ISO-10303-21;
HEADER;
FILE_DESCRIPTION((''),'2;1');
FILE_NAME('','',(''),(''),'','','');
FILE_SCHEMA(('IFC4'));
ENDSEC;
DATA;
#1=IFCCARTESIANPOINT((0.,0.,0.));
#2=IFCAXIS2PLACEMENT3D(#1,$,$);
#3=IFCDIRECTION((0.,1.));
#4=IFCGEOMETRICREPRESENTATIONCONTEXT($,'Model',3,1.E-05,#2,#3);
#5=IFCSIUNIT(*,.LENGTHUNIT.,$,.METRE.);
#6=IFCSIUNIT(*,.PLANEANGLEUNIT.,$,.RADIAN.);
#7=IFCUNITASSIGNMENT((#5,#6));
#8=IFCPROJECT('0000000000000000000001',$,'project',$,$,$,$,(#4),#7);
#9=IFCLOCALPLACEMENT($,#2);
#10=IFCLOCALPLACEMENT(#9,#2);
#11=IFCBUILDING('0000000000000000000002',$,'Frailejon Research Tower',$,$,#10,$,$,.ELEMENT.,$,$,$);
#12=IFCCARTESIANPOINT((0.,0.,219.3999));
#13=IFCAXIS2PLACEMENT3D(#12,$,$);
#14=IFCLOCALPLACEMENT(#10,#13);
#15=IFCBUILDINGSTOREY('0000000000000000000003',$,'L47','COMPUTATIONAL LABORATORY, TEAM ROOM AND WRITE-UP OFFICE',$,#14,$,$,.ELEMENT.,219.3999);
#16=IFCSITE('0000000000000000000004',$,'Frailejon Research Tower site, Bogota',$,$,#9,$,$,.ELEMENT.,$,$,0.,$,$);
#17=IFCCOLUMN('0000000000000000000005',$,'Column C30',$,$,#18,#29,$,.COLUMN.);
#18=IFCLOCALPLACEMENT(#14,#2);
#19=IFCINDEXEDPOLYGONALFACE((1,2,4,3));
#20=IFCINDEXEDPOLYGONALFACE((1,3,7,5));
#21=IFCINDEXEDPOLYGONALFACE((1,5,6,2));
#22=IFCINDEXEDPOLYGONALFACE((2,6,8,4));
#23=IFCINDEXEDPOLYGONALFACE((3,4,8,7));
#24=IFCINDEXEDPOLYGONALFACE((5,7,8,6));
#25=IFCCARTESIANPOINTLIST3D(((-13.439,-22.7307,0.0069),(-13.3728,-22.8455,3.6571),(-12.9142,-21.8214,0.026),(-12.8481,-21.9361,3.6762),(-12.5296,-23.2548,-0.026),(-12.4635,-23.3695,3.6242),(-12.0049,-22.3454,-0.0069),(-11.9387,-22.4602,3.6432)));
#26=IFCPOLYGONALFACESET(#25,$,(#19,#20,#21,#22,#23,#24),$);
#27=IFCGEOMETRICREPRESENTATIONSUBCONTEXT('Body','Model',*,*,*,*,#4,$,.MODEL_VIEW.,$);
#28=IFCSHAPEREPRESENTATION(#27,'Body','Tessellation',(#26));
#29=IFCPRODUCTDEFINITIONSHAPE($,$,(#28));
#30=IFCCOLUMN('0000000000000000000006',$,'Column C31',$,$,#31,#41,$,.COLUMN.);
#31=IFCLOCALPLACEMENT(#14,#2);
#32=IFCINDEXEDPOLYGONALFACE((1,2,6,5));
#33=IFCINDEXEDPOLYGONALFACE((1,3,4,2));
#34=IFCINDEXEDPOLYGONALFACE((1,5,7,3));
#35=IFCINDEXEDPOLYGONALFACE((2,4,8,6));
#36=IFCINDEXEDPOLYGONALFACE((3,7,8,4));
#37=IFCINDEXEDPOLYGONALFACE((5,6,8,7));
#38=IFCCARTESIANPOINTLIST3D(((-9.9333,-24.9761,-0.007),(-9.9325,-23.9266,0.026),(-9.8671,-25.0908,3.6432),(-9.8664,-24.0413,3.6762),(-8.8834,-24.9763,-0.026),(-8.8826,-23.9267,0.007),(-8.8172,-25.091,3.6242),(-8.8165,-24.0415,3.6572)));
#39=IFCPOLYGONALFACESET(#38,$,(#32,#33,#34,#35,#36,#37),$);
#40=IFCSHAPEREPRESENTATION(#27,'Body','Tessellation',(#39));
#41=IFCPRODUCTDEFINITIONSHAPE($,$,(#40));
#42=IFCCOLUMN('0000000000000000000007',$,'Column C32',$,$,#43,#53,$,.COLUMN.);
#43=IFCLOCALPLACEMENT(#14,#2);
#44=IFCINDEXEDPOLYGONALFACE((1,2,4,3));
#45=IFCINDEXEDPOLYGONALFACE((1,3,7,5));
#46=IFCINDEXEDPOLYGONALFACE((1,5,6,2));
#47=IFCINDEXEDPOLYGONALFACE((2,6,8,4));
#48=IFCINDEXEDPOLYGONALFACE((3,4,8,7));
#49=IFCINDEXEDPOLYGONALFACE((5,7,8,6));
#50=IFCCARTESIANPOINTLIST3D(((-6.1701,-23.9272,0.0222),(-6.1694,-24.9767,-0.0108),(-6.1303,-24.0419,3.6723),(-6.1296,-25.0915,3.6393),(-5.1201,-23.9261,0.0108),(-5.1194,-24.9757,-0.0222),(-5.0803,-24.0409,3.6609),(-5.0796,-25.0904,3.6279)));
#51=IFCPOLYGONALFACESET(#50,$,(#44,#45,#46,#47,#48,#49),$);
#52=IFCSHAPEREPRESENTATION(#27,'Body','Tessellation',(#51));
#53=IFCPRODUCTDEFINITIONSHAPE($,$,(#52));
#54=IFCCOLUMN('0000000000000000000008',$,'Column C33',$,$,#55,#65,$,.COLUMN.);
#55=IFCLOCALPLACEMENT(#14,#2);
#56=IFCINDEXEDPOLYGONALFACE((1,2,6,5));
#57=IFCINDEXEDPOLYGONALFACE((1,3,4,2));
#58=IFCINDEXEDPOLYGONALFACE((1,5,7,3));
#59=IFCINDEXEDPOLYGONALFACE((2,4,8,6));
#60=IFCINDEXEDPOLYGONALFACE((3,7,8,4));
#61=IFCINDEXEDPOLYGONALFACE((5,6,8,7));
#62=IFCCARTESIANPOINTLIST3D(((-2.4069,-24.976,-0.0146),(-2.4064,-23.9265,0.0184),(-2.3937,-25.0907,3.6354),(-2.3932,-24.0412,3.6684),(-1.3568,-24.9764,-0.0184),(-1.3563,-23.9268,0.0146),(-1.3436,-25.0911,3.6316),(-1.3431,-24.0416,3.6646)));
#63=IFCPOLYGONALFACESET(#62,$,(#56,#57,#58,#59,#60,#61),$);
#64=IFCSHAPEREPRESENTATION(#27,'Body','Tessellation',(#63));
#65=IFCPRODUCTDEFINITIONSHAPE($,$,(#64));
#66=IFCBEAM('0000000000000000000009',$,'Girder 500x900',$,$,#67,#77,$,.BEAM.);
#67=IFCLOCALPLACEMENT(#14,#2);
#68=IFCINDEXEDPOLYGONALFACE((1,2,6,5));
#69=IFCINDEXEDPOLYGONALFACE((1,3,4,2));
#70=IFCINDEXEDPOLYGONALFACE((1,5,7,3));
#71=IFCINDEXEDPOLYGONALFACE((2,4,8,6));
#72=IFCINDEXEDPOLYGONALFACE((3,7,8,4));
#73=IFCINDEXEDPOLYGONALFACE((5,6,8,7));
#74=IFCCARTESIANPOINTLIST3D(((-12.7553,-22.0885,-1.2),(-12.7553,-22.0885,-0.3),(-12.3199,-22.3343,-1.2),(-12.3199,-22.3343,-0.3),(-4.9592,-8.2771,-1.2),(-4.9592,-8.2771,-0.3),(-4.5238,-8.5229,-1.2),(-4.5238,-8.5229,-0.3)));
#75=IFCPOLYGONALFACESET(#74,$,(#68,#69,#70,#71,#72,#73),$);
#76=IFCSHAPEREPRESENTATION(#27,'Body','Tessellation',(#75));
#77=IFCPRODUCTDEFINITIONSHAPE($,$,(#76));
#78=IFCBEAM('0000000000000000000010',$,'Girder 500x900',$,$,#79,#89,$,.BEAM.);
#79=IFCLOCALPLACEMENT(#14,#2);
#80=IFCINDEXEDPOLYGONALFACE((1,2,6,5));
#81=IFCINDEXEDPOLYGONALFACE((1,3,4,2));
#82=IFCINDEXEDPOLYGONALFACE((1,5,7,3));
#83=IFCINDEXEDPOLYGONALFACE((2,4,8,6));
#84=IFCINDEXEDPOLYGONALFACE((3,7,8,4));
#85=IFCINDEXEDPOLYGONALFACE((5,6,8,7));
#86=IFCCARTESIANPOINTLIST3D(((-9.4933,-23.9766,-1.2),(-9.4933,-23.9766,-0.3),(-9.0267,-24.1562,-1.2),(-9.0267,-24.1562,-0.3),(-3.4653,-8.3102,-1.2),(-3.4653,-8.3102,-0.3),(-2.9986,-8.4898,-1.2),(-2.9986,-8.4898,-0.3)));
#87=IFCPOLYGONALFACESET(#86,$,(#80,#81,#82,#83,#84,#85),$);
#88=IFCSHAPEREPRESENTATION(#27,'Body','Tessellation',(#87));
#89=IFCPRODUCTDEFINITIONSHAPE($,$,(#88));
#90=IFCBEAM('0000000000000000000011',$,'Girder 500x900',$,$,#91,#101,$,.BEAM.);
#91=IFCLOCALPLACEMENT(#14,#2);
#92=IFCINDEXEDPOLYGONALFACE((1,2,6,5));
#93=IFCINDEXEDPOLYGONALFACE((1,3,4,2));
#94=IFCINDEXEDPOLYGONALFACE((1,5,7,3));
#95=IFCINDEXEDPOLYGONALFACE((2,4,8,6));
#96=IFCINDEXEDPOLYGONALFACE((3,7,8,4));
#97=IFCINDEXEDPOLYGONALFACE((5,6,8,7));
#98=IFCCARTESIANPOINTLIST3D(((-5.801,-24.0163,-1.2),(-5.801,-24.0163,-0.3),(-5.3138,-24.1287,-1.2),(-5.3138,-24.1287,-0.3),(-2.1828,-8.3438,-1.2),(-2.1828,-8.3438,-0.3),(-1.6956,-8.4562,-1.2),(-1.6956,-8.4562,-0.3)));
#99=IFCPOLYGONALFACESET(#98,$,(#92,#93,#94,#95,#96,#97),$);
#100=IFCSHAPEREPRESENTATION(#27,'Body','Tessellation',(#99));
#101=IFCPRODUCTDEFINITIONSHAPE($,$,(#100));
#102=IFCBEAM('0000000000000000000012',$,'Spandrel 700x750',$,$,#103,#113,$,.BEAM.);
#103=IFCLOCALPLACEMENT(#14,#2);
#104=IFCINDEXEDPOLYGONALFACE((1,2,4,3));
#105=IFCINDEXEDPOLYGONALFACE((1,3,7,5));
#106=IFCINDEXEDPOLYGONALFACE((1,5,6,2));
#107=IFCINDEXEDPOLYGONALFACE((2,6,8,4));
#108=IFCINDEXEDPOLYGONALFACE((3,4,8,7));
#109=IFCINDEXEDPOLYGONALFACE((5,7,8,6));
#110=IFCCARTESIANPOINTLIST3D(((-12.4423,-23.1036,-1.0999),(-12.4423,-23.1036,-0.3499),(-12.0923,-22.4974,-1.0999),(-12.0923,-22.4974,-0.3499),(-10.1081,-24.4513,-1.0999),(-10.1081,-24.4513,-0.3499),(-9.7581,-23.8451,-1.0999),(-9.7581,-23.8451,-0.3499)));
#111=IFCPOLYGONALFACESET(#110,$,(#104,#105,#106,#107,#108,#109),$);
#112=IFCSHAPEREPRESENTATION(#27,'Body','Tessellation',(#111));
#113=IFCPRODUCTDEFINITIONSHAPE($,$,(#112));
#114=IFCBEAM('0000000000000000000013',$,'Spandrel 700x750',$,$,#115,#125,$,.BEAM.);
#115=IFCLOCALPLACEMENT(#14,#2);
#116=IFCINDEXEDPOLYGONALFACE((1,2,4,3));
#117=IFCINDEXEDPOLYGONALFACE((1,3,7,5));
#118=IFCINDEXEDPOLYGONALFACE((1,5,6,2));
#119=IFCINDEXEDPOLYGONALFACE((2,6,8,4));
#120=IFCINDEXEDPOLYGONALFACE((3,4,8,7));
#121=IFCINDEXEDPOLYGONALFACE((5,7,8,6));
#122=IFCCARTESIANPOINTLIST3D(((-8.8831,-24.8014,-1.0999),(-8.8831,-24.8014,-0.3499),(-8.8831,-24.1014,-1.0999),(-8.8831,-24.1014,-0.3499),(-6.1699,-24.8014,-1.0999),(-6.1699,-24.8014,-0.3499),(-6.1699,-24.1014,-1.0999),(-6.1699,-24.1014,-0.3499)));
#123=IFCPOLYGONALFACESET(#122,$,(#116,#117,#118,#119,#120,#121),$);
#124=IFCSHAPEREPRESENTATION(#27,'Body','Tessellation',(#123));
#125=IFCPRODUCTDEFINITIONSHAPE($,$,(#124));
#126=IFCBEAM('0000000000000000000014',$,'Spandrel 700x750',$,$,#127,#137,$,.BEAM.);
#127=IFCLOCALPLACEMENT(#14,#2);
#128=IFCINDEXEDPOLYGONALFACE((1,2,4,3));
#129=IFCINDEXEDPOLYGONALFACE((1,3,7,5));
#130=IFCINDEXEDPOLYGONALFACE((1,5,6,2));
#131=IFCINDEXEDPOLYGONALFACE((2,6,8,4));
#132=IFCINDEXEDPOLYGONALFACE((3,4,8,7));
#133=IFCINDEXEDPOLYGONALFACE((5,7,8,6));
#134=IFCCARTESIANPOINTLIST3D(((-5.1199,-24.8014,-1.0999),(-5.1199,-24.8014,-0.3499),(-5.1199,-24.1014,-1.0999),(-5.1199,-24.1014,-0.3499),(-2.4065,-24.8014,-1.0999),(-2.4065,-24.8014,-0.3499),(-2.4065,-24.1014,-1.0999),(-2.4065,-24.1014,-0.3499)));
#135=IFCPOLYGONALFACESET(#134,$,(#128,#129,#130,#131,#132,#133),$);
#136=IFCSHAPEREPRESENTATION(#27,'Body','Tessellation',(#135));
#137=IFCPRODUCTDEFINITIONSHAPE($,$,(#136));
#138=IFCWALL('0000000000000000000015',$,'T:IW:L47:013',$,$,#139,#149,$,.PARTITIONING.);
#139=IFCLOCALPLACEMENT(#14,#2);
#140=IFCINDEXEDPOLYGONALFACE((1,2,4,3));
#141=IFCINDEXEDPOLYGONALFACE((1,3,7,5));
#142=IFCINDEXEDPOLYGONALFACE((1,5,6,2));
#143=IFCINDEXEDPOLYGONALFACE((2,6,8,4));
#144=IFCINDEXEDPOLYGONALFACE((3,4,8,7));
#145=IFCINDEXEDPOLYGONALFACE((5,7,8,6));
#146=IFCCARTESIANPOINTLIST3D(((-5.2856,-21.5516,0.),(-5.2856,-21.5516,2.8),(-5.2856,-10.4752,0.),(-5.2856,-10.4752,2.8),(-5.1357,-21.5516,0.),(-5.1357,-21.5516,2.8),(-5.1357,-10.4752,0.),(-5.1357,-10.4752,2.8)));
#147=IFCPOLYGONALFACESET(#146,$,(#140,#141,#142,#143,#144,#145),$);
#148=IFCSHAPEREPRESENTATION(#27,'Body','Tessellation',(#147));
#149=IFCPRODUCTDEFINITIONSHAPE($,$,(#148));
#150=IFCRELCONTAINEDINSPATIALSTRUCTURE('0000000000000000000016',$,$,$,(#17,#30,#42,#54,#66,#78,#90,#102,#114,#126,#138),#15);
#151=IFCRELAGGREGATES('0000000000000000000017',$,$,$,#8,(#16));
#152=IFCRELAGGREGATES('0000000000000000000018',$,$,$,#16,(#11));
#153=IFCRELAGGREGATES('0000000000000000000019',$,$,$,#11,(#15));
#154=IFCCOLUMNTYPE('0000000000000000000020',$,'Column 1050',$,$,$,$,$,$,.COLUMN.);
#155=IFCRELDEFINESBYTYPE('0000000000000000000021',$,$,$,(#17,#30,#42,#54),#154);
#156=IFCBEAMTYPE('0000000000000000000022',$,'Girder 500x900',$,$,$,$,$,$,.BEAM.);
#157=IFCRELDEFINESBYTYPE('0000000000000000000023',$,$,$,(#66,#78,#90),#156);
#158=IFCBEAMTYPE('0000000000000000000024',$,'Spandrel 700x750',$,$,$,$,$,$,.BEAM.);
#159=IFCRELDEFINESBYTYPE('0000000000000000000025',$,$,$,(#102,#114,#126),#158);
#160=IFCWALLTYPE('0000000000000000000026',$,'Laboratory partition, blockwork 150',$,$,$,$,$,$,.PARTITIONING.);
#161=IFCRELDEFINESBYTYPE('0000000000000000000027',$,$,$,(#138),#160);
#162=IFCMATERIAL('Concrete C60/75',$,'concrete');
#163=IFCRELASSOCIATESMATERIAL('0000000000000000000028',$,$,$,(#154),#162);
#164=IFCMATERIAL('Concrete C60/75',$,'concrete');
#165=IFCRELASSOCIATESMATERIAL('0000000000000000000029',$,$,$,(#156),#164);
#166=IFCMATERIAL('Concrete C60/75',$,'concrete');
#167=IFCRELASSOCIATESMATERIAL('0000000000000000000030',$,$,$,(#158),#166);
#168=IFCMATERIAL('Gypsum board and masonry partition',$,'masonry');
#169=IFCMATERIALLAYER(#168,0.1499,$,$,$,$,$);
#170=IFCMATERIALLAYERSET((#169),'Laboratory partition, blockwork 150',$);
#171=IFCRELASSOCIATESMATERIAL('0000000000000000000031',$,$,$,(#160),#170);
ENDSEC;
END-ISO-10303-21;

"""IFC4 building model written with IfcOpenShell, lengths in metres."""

from ifc_helpers import new_model, si_unit, direction, frame, frame_2d, origin, origin_2d, place, context, subcontext, project, spatial, rectangle, extrude, material, layer, layer_set, material_profile, profile_set, type_object, element, save


model = new_model("IFC4")

# Units and contexts
model_context = context("Model", 3, precision=1e-05, world=origin(), true_north=direction((0.0, 1.0)))
body_context = subcontext(model_context, "Body", "Model", "MODEL_VIEW")
ifc_project = project(units=[si_unit("LENGTHUNIT", "METRE"), si_unit("PLANEANGLEUNIT", "RADIAN")], contexts=[model_context])

# Site, building, storey
site_placement = place(None, origin())
site = spatial("IfcSite", under=ifc_project, at=site_placement, Name="Frailejon Research Tower site, Bogota", CompositionType="ELEMENT", RefElevation=0.0)
building_placement = place(site_placement, origin())
building = spatial("IfcBuilding", under=site, at=building_placement, Name="Frailejon Research Tower", CompositionType="ELEMENT")
storey_placement = place(building_placement, frame((0.0, 0.0, 219.3999)))
storey = spatial("IfcBuildingStorey", under=building, at=storey_placement, Name="L47", Description="COMPUTATIONAL LABORATORY, TEAM ROOM AND WRITE-UP OFFICE", CompositionType="ELEMENT", Elevation=219.3999)

# Columns
ifc_material_1 = material(Name="Concrete C60/75", Category="concrete")
ifc_material_profile_1 = material_profile(ifc_material_1, rectangle(XDim=1.05, YDim=1.05, at=origin_2d()), Name="Column 1050")
ifc_profile_set_1 = profile_set([ifc_material_profile_1], Name="Concrete C60/75")
column_type = type_object("IfcColumnType", Name="Column 1050", PredefinedType="COLUMN", material=ifc_profile_set_1)
for number, where, z_axis, x_axis, name in (
    (1, (-12.7219, -22.5381, 0.0), (0.018114, -0.031415, 0.999342), (0.86599, -0.499075, -0.031386), "Column C30"),
    (2, (-9.408, -24.4514, 0.0), (0.018114, -0.031415, 0.999342), (0.999836, -0.000157, -0.018128), "Column C31"),
):
    element("IfcColumn", number, at=place(storey_placement, frame(where, z_axis=z_axis, x_axis=x_axis)), inside=storey, type_object=column_type, Name=name, PredefinedType="COLUMN", context=body_context, shape_type="SweptSolid", body=[
        extrude(rectangle(XDim=1.05, YDim=1.05, at=origin_2d()), origin(), (0.0, 0.0, 1.0), 3.6526),
    ])
column_1_placement = place(storey_placement, frame((-5.6448, -24.4514, 0.0), z_axis=(0.010896, -0.031419, 0.999447), x_axis=(0.99994, 0.001008, -0.01087)))
element("IfcColumn", 3, at=column_1_placement, inside=storey, type_object=column_type, Name="Column C32", PredefinedType="COLUMN", context=body_context, shape_type="SweptSolid", body=[
    extrude(rectangle(XDim=1.05, YDim=1.05, at=origin_2d()), origin(), (0.0, 0.0, 1.0), 3.6521),
])
column_2_placement = place(storey_placement, frame((-1.8816, -24.4514, 0.0), z_axis=(0.00361, -0.03142, 0.9995), x_axis=(0.999993, -0.000341, -0.003623)))
element("IfcColumn", 4, at=column_2_placement, inside=storey, type_object=column_type, Name="Column C33", PredefinedType="COLUMN", context=body_context, shape_type="SweptSolid", body=[
    extrude(rectangle(XDim=1.05, YDim=1.05, at=origin_2d()), origin(), (0.0, 0.0, 1.0), 3.6519),
])

# Beams
ifc_material_2 = material(Name="Concrete C60/75", Category="concrete")
ifc_material_profile_2 = material_profile(ifc_material_2, rectangle(XDim=0.5, YDim=0.8999, at=origin_2d()), Name="Girder 500x900")
ifc_profile_set_2 = profile_set([ifc_material_profile_2], Name="Concrete C60/75")
beam_type_1 = type_object("IfcBeamType", Name="Girder 500x900", PredefinedType="BEAM", material=ifc_profile_set_2)
beam_1_placement = place(storey_placement, frame((-12.5376, -22.2114, -0.75), z_axis=(0.491562, 0.870843, 0.0), x_axis=(-0.870843, 0.491562, 0.0)))
element("IfcBeam", 5, at=beam_1_placement, inside=storey, type_object=beam_type_1, Name="Girder 500x900", PredefinedType="BEAM", context=body_context, shape_type="SweptSolid", body=[
    extrude(rectangle(XDim=0.5, YDim=0.8999, at=origin_2d()), origin(), (0.0, 0.0, 1.0), 15.8599),
])
beam_2_placement = place(storey_placement, frame((-9.26, -24.0664, -0.75), z_axis=(0.359109, 0.933296, 0.0), x_axis=(-0.933296, 0.359109, 0.0)))
element("IfcBeam", 6, at=beam_2_placement, inside=storey, type_object=beam_type_1, Name="Girder 500x900", PredefinedType="BEAM", context=body_context, shape_type="SweptSolid", body=[
    extrude(rectangle(XDim=0.5, YDim=0.8999, at=origin_2d()), origin(), (0.0, 0.0, 1.0), 16.7861),
])
beam_3_placement = place(storey_placement, frame((-5.5574, -24.0725, -0.75), z_axis=(0.224943, 0.974372, 0.0), x_axis=(-0.974372, 0.224943, 0.0)))
element("IfcBeam", 7, at=beam_3_placement, inside=storey, type_object=beam_type_1, Name="Girder 500x900", PredefinedType="BEAM", context=body_context, shape_type="SweptSolid", body=[
    extrude(rectangle(XDim=0.5, YDim=0.8999, at=origin_2d()), origin(), (0.0, 0.0, 1.0), 16.0847),
])
ifc_material_3 = material(Name="Concrete C60/75", Category="concrete")
ifc_material_profile_3 = material_profile(ifc_material_3, rectangle(XDim=0.7, YDim=0.75, at=origin_2d()), Name="Spandrel 700x750")
ifc_profile_set_3 = profile_set([ifc_material_profile_3], Name="Concrete C60/75")
beam_type_2 = type_object("IfcBeamType", Name="Spandrel 700x750", PredefinedType="BEAM", material=ifc_profile_set_3)
beam_4_placement = place(storey_placement, frame((-12.2673, -22.8005, -0.7249), z_axis=(0.866027, -0.499997, 0.0), x_axis=(0.499997, 0.866027, 0.0)))
element("IfcBeam", 8, at=beam_4_placement, inside=storey, type_object=beam_type_2, Name="Spandrel 700x750", PredefinedType="BEAM", context=body_context, shape_type="SweptSolid", body=[
    extrude(rectangle(XDim=0.7, YDim=0.75, at=origin_2d()), origin(), (0.0, 0.0, 1.0), 2.6953),
])
beam_5_placement = place(storey_placement, frame((-8.8831, -24.4514, -0.7249), z_axis=(1.0, 0.0, 0.0), x_axis=(0.0, 1.0, 0.0)))
element("IfcBeam", 9, at=beam_5_placement, inside=storey, type_object=beam_type_2, Name="Spandrel 700x750", PredefinedType="BEAM", context=body_context, shape_type="SweptSolid", body=[
    extrude(rectangle(XDim=0.7, YDim=0.75, at=origin_2d()), origin(), (0.0, 0.0, 1.0), 2.7131),
])
beam_6_placement = place(storey_placement, frame((-5.1199, -24.4514, -0.7249), z_axis=(1.0, 0.0, 0.0), x_axis=(0.0, 1.0, 0.0)))
element("IfcBeam", 10, at=beam_6_placement, inside=storey, type_object=beam_type_2, Name="Spandrel 700x750", PredefinedType="BEAM", context=body_context, shape_type="SweptSolid", body=[
    extrude(rectangle(XDim=0.7, YDim=0.75, at=origin_2d()), origin(), (0.0, 0.0, 1.0), 2.7134),
])

# Wall
ifc_material_4 = material(Name="Gypsum board and masonry partition", Category="masonry")
ifc_layer_1 = layer(ifc_material_4, 0.1499)
ifc_layer_set_1 = layer_set([ifc_layer_1], Name="Laboratory partition, blockwork 150")
wall_type_1 = type_object("IfcWallType", Name="Laboratory partition, blockwork 150", PredefinedType="PARTITIONING", material=ifc_layer_set_1)
wall_1_placement = place(storey_placement, frame((-5.2107, -21.5515, 0.0), z_axis=(0.0, 0.0, 1.0), x_axis=(0.0, 1.0, 0.0)))
element("IfcWall", 11, at=wall_1_placement, inside=storey, type_object=wall_type_1, Name="T:IW:L47:013", PredefinedType="PARTITIONING", context=body_context, shape_type="SweptSolid", body=[
    extrude(rectangle(XDim=11.0764, YDim=0.1499, at=frame_2d((5.5381, 0.0))), origin(), (0.0, 0.0, 1.0), 2.8),
])

save(model, "model.ifc")
